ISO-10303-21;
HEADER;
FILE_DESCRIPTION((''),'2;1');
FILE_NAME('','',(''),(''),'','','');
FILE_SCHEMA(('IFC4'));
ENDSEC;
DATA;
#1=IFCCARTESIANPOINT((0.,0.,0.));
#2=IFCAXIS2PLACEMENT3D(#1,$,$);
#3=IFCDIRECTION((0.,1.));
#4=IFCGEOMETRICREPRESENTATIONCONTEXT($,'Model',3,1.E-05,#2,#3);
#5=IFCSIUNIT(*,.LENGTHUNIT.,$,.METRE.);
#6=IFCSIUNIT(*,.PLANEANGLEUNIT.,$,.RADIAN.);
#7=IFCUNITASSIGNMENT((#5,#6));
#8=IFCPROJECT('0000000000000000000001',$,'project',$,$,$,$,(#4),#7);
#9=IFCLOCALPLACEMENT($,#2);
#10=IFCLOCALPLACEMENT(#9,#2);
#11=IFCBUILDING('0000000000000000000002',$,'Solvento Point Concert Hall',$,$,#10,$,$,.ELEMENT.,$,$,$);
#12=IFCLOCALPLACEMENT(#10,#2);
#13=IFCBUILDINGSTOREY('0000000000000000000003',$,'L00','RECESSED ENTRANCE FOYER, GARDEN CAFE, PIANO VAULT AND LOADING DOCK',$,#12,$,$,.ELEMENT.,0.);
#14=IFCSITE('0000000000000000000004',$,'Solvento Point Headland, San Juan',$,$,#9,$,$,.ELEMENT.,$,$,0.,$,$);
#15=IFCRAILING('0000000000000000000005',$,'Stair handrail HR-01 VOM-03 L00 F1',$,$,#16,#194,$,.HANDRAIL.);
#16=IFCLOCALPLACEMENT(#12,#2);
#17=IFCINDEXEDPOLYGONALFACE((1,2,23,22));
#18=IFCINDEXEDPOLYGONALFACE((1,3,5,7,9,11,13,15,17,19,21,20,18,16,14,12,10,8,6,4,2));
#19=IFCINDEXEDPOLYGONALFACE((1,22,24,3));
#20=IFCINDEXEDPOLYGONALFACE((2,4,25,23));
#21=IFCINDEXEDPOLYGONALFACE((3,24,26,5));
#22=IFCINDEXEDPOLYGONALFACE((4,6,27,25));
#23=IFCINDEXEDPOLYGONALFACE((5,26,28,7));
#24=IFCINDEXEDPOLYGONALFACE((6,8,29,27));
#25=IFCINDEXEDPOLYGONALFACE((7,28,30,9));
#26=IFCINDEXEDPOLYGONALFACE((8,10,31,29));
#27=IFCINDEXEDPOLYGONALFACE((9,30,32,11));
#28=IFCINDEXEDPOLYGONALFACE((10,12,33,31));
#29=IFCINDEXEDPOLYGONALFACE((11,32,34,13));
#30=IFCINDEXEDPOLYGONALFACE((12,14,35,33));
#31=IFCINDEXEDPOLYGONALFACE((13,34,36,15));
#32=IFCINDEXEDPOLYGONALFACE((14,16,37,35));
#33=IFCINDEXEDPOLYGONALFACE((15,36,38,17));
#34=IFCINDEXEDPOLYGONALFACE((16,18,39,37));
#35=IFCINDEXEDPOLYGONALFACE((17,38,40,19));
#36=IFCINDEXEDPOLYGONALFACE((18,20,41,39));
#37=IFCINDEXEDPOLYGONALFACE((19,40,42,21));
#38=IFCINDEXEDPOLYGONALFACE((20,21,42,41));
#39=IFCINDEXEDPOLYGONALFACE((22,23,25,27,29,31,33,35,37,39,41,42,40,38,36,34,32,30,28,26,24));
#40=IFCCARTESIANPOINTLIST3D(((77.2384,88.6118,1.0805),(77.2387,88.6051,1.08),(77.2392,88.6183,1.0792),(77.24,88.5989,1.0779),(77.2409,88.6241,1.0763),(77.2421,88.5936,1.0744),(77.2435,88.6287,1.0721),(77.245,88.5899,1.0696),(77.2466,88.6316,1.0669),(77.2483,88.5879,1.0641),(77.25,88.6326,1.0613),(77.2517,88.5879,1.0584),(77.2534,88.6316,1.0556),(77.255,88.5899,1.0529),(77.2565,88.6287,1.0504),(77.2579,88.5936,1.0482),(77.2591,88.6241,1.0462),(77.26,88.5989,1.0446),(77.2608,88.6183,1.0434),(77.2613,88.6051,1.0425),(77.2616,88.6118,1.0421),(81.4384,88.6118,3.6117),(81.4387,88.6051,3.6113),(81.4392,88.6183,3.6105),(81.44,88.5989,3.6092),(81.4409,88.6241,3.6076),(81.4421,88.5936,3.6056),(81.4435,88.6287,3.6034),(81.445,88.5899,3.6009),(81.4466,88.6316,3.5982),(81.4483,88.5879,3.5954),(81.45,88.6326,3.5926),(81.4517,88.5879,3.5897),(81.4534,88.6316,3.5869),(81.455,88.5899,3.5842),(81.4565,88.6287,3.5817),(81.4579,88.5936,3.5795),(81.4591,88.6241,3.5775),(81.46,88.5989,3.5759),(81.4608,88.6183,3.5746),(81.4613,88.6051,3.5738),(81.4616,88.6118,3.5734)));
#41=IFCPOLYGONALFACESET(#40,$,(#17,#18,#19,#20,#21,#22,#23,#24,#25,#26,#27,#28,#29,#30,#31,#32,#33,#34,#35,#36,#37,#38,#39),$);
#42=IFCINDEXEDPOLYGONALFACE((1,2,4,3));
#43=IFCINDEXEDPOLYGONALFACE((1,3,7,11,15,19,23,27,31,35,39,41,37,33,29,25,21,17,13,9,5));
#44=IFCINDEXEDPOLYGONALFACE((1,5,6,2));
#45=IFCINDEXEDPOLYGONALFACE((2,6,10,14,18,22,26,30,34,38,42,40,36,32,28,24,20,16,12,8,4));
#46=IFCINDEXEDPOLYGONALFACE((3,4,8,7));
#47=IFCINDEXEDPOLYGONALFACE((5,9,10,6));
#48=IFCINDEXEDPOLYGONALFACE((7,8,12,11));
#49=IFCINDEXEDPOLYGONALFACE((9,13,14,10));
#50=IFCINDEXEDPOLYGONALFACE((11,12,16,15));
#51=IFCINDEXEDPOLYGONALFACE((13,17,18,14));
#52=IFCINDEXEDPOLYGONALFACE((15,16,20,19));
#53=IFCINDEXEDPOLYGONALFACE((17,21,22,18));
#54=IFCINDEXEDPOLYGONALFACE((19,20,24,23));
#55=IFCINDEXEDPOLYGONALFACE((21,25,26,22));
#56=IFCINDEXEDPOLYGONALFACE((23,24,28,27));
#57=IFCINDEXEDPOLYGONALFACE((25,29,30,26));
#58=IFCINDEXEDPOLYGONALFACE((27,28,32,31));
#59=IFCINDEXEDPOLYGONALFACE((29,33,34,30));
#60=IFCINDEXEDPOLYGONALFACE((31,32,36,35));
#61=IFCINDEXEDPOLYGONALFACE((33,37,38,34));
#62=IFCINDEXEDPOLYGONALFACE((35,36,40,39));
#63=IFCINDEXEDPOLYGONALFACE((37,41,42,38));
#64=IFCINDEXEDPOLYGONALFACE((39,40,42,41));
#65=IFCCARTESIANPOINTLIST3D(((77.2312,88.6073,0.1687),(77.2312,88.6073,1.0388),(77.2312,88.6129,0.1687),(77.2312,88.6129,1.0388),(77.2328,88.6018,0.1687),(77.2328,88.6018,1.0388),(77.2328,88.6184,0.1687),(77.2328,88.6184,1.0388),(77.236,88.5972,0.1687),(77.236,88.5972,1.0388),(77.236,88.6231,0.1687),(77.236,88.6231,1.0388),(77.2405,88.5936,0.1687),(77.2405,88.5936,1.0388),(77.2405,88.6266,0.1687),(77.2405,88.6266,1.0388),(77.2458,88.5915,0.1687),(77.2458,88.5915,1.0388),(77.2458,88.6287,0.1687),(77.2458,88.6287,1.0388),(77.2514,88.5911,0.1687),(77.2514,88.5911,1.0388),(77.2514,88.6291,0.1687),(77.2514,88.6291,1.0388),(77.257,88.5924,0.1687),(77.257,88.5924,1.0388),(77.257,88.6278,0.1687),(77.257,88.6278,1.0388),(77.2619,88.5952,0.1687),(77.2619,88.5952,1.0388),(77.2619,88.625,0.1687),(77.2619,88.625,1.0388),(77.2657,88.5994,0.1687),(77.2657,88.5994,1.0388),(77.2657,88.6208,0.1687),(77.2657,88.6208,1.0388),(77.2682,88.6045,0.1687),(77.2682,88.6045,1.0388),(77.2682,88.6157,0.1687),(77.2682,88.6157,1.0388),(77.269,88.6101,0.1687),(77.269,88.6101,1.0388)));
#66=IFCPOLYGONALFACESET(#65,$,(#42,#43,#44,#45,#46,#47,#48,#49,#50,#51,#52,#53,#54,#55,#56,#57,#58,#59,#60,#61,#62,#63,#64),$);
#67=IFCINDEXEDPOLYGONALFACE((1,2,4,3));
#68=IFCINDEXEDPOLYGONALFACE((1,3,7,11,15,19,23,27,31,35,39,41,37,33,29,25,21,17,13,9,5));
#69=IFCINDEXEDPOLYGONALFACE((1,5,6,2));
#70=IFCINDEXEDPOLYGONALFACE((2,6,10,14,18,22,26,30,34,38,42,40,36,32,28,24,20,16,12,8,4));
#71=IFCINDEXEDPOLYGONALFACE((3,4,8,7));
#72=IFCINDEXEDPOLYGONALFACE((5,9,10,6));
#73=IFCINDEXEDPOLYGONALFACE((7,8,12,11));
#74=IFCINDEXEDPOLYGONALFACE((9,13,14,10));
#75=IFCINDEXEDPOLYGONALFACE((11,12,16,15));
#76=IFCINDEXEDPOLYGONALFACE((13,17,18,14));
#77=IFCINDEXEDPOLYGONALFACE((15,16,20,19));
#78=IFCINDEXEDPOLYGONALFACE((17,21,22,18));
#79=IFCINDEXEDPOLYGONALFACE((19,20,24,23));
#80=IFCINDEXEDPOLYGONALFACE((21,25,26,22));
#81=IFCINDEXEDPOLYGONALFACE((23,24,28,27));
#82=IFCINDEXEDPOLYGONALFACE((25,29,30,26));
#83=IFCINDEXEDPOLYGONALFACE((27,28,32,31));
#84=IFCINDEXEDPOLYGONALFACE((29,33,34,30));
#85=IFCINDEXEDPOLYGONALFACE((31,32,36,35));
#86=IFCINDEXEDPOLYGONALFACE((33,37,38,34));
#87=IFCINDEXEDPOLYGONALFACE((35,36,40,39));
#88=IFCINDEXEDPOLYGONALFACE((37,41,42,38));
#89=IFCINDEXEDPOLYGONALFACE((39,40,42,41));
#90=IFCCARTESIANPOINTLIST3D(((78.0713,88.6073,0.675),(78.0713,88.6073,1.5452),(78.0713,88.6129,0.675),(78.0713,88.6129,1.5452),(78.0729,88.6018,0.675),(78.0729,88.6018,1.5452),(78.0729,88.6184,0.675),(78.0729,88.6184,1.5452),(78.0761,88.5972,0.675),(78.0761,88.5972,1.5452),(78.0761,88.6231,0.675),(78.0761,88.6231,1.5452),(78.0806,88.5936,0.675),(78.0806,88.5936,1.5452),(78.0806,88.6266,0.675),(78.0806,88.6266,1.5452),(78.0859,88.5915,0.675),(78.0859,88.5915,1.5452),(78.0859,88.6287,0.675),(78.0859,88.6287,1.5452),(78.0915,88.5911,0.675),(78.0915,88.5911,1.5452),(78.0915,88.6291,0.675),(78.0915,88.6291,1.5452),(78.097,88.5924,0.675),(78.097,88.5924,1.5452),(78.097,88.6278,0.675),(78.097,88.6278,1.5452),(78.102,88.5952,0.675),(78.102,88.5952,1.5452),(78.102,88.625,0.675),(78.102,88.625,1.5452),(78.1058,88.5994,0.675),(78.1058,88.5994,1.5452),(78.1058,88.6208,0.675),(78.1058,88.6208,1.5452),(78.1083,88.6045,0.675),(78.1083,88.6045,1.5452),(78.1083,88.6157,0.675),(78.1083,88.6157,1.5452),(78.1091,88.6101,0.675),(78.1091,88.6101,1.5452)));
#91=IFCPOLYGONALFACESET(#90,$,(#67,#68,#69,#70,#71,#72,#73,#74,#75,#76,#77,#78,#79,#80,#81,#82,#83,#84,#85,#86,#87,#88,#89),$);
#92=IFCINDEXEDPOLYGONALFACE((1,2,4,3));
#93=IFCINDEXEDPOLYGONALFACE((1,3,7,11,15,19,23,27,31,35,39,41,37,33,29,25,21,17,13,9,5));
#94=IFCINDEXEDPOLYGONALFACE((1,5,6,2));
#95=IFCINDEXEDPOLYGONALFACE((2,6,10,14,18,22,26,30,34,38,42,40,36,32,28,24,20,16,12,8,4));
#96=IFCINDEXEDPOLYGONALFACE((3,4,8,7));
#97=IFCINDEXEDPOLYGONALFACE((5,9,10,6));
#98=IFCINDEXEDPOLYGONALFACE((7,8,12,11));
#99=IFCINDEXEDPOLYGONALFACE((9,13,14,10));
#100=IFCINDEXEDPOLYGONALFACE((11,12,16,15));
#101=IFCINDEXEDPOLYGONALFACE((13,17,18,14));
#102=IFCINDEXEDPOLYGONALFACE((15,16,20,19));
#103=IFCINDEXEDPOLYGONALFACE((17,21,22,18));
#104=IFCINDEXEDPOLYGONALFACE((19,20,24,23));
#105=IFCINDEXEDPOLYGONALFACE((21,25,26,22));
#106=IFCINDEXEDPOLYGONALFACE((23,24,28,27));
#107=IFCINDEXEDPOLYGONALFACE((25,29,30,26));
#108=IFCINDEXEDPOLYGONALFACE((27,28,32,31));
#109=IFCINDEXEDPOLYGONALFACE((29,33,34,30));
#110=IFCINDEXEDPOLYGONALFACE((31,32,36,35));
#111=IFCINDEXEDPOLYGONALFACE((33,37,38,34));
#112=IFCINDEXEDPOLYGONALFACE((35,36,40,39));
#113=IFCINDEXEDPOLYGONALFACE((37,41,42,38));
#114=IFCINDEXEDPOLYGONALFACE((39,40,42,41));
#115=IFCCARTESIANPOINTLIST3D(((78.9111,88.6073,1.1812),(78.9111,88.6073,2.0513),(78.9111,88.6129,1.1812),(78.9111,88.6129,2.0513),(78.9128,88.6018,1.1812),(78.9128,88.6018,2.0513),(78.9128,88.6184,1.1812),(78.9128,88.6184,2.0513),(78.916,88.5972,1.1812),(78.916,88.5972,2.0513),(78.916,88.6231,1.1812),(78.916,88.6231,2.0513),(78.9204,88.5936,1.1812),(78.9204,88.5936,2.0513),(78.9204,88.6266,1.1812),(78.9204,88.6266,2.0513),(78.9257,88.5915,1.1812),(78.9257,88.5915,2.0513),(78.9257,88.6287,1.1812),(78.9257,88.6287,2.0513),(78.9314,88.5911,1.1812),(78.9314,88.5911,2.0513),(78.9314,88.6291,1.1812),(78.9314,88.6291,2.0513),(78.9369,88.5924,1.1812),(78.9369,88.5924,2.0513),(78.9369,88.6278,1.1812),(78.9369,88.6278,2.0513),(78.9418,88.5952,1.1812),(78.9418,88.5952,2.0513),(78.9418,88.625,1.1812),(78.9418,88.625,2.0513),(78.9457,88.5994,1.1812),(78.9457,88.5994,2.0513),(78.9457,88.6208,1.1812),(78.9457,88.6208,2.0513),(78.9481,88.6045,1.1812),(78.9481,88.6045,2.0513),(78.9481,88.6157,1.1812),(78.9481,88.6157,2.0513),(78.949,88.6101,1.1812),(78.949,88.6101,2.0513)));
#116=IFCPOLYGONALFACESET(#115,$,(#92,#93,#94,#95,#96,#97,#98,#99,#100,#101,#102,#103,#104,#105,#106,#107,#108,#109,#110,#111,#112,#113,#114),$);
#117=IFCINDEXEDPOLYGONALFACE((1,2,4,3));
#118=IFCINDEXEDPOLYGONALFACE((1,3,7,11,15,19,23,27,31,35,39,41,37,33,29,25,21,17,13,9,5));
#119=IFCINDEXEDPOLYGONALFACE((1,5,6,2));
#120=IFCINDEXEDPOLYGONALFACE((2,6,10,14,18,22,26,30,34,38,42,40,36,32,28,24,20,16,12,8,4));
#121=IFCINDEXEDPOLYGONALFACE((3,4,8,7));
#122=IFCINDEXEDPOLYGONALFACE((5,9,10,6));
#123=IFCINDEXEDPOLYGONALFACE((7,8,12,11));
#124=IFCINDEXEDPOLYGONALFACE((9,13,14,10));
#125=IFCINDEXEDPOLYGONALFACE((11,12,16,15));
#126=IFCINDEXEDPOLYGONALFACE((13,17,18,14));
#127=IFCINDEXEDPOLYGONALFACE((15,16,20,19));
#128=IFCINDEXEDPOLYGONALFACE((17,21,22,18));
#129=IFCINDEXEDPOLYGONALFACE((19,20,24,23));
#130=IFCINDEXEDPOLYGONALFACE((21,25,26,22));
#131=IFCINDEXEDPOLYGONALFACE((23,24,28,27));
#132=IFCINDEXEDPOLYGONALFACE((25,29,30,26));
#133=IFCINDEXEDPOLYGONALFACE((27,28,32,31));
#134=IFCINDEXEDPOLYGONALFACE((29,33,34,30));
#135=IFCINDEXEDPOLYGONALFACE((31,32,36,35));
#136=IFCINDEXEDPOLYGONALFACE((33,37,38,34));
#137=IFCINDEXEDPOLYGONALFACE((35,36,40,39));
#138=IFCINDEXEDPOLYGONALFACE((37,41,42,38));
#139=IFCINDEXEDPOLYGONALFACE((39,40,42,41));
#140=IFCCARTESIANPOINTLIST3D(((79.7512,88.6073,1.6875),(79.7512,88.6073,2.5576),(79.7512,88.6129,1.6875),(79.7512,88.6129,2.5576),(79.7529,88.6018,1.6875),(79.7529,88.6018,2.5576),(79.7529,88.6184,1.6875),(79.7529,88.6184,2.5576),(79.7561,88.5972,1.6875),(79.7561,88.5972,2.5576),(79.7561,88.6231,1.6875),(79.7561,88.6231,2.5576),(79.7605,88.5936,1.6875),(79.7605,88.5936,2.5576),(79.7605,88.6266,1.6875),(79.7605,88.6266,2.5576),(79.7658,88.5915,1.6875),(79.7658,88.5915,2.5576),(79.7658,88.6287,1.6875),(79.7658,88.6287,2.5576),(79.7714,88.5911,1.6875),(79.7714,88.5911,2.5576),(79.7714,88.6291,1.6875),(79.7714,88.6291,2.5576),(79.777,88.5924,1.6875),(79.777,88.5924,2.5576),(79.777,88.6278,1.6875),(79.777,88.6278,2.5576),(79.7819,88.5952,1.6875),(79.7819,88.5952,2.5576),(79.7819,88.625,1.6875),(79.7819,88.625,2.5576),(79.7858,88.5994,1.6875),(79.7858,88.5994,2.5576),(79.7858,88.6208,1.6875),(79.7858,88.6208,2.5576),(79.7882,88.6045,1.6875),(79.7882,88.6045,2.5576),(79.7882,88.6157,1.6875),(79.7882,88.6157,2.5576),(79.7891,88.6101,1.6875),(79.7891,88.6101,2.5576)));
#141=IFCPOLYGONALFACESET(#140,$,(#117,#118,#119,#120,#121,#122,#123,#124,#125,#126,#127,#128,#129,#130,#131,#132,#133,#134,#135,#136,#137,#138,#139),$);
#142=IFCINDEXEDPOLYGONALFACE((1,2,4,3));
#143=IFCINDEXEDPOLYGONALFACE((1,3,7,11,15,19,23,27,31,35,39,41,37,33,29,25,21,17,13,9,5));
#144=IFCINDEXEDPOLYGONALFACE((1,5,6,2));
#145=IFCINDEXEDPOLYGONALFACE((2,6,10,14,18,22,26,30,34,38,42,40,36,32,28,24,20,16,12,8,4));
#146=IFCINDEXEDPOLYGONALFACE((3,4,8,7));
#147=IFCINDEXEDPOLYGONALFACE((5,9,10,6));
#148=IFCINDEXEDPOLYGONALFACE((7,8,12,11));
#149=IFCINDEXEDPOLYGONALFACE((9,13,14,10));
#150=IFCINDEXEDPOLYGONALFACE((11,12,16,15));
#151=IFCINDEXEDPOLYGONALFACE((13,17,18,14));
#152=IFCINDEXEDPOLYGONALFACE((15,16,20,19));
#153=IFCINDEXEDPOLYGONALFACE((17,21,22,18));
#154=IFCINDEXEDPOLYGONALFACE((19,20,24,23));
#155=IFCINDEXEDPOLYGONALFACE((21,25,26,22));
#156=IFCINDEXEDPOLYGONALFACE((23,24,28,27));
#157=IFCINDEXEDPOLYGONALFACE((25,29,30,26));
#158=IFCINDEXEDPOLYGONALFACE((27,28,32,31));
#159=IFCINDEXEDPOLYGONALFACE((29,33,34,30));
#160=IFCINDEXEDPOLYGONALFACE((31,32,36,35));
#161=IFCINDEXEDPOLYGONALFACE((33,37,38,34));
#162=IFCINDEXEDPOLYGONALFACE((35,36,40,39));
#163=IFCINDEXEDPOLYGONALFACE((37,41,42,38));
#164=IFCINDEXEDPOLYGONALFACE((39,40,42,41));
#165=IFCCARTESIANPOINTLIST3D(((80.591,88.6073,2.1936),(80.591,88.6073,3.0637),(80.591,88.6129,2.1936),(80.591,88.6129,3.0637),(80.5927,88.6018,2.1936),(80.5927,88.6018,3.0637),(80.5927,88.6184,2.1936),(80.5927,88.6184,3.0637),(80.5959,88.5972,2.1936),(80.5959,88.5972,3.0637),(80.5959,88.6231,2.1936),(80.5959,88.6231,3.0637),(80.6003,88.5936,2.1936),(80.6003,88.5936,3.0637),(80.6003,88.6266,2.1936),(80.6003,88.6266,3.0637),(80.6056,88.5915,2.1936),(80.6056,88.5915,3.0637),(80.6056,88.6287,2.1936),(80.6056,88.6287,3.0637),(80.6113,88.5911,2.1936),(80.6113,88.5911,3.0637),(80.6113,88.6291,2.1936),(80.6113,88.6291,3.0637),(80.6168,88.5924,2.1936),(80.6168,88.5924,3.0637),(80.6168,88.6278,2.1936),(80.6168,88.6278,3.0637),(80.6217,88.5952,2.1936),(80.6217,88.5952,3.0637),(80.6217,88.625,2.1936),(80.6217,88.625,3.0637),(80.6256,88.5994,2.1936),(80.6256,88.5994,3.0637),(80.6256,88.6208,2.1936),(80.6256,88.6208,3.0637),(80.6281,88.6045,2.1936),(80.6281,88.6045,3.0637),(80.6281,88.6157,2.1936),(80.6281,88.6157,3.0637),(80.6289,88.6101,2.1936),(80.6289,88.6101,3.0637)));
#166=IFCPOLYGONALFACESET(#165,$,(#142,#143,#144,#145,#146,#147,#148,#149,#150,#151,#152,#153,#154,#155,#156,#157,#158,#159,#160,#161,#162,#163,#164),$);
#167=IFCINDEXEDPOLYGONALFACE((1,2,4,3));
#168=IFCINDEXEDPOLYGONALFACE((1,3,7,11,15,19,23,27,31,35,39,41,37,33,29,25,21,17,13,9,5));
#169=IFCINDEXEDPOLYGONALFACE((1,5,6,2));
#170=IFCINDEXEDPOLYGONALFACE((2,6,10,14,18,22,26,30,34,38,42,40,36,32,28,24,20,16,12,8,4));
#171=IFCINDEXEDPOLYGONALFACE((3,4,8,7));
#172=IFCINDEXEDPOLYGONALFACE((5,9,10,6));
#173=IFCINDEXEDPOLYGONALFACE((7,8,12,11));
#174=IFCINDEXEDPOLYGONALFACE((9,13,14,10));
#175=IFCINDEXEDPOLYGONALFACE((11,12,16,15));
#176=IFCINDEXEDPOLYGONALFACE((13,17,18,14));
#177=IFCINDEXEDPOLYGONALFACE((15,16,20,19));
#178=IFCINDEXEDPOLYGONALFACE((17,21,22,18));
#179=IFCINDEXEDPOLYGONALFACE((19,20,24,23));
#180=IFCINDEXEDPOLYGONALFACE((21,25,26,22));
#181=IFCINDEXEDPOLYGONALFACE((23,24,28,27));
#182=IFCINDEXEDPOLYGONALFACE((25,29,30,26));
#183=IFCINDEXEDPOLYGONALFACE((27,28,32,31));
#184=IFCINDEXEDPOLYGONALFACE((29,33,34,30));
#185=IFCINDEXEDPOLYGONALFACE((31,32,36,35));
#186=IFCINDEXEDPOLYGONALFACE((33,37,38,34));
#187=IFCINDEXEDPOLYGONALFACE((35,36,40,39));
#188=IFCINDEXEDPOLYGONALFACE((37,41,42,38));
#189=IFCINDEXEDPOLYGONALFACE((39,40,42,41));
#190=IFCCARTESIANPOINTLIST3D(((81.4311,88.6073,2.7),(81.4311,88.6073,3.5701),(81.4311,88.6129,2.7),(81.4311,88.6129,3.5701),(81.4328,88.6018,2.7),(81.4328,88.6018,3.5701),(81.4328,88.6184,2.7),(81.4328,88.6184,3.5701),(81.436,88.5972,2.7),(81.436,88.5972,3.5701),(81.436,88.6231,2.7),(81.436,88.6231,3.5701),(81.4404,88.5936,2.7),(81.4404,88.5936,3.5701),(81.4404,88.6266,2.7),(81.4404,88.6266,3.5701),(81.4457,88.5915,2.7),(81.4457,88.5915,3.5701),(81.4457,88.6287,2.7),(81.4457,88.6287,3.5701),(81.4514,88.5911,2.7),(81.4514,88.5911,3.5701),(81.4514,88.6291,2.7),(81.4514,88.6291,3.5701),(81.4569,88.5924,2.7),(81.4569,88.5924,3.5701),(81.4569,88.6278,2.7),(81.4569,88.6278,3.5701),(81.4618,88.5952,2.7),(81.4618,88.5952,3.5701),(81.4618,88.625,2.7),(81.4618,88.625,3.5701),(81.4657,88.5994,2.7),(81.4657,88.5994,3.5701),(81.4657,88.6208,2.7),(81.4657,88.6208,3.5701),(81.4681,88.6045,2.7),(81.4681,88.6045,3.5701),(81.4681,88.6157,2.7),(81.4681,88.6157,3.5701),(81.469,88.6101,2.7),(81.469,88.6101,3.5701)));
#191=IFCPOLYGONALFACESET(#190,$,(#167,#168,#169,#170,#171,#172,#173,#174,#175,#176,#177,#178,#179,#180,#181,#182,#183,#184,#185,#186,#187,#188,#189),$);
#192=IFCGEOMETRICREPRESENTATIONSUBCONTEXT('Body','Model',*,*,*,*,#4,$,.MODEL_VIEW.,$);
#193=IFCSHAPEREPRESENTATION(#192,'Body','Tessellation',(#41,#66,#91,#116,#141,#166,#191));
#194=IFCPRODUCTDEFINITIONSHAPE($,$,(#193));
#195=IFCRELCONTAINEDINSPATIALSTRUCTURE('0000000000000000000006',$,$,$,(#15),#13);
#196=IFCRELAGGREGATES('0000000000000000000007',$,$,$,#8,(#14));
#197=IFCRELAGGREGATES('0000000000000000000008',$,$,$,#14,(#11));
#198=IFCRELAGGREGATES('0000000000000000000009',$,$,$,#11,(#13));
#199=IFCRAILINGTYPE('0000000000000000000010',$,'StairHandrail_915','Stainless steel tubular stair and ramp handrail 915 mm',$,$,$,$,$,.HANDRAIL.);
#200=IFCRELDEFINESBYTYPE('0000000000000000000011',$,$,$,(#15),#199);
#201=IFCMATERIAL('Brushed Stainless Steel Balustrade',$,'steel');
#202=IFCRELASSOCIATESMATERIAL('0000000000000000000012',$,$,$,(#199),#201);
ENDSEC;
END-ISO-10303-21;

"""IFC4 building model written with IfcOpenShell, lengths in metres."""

from ifc_helpers import new_model, si_unit, direction, frame, origin, origin_2d, place, context, subcontext, project, spatial, circle, extrude, material, type_object, element, save


model = new_model("IFC4")

# Units and contexts
model_context = context("Model", 3, precision=1e-05, world=origin(), true_north=direction((0.0, 1.0)))
body_context = subcontext(model_context, "Body", "Model", "MODEL_VIEW")
ifc_project = project(units=[si_unit("LENGTHUNIT", "METRE"), si_unit("PLANEANGLEUNIT", "RADIAN")], contexts=[model_context])

# Site, building, storey
site_placement = place(None, origin())
site = spatial("IfcSite", under=ifc_project, at=site_placement, Name="Solvento Point Headland, San Juan", CompositionType="ELEMENT", RefElevation=0.0)
building_placement = place(site_placement, origin())
building = spatial("IfcBuilding", under=site, at=building_placement, Name="Solvento Point Concert Hall", CompositionType="ELEMENT")
storey_placement = place(building_placement, origin())
storey = spatial("IfcBuildingStorey", under=building, at=storey_placement, Name="L00", Description="RECESSED ENTRANCE FOYER, GARDEN CAFE, PIANO VAULT AND LOADING DOCK", CompositionType="ELEMENT", Elevation=0.0)

# Railing
ifc_material_1 = material(Name="Brushed Stainless Steel Balustrade", Category="steel")
railing_type_1 = type_object("IfcRailingType", Name="StairHandrail_915", Description="Stainless steel tubular stair and ramp handrail 915 mm", PredefinedType="HANDRAIL", material=ifc_material_1)
railing_1_placement = place(storey_placement, frame((77.25, 88.6101, 0.1687)))
element("IfcRailing", 1, at=railing_1_placement, inside=storey, type_object=railing_type_1, Name="Stair handrail HR-01 VOM-03 L00 F1", PredefinedType="HANDRAIL", context=body_context, shape_type="SweptSolid", body=[
    extrude(circle(Radius=0.0225, at=origin_2d()), frame((0.0, 0.0, 0.8926), z_axis=(0.856476, 0.0, 0.516186), x_axis=(0.0, 1.0, 0.0)), (0.0, 0.0, 1.0), 4.9038),
    extrude(circle(Radius=0.019, at=origin_2d()), origin(), (0.0, 0.0, 1.0), 0.8701),
    extrude(circle(Radius=0.019, at=origin_2d()), frame((0.8401, 0.0, 0.5063)), (0.0, 0.0, 1.0), 0.8701),
    extrude(circle(Radius=0.019, at=origin_2d()), frame((1.6799, 0.0, 1.0125)), (0.0, 0.0, 1.0), 0.8701),
    extrude(circle(Radius=0.019, at=origin_2d()), frame((2.52, 0.0, 1.5188)), (0.0, 0.0, 1.0), 0.8701),
    extrude(circle(Radius=0.019, at=origin_2d()), frame((3.3599, 0.0, 2.0249)), (0.0, 0.0, 1.0), 0.8701),
    extrude(circle(Radius=0.019, at=origin_2d()), frame((4.2, 0.0, 2.5312)), (0.0, 0.0, 1.0), 0.8701),
])

save(model, "model.ifc")
